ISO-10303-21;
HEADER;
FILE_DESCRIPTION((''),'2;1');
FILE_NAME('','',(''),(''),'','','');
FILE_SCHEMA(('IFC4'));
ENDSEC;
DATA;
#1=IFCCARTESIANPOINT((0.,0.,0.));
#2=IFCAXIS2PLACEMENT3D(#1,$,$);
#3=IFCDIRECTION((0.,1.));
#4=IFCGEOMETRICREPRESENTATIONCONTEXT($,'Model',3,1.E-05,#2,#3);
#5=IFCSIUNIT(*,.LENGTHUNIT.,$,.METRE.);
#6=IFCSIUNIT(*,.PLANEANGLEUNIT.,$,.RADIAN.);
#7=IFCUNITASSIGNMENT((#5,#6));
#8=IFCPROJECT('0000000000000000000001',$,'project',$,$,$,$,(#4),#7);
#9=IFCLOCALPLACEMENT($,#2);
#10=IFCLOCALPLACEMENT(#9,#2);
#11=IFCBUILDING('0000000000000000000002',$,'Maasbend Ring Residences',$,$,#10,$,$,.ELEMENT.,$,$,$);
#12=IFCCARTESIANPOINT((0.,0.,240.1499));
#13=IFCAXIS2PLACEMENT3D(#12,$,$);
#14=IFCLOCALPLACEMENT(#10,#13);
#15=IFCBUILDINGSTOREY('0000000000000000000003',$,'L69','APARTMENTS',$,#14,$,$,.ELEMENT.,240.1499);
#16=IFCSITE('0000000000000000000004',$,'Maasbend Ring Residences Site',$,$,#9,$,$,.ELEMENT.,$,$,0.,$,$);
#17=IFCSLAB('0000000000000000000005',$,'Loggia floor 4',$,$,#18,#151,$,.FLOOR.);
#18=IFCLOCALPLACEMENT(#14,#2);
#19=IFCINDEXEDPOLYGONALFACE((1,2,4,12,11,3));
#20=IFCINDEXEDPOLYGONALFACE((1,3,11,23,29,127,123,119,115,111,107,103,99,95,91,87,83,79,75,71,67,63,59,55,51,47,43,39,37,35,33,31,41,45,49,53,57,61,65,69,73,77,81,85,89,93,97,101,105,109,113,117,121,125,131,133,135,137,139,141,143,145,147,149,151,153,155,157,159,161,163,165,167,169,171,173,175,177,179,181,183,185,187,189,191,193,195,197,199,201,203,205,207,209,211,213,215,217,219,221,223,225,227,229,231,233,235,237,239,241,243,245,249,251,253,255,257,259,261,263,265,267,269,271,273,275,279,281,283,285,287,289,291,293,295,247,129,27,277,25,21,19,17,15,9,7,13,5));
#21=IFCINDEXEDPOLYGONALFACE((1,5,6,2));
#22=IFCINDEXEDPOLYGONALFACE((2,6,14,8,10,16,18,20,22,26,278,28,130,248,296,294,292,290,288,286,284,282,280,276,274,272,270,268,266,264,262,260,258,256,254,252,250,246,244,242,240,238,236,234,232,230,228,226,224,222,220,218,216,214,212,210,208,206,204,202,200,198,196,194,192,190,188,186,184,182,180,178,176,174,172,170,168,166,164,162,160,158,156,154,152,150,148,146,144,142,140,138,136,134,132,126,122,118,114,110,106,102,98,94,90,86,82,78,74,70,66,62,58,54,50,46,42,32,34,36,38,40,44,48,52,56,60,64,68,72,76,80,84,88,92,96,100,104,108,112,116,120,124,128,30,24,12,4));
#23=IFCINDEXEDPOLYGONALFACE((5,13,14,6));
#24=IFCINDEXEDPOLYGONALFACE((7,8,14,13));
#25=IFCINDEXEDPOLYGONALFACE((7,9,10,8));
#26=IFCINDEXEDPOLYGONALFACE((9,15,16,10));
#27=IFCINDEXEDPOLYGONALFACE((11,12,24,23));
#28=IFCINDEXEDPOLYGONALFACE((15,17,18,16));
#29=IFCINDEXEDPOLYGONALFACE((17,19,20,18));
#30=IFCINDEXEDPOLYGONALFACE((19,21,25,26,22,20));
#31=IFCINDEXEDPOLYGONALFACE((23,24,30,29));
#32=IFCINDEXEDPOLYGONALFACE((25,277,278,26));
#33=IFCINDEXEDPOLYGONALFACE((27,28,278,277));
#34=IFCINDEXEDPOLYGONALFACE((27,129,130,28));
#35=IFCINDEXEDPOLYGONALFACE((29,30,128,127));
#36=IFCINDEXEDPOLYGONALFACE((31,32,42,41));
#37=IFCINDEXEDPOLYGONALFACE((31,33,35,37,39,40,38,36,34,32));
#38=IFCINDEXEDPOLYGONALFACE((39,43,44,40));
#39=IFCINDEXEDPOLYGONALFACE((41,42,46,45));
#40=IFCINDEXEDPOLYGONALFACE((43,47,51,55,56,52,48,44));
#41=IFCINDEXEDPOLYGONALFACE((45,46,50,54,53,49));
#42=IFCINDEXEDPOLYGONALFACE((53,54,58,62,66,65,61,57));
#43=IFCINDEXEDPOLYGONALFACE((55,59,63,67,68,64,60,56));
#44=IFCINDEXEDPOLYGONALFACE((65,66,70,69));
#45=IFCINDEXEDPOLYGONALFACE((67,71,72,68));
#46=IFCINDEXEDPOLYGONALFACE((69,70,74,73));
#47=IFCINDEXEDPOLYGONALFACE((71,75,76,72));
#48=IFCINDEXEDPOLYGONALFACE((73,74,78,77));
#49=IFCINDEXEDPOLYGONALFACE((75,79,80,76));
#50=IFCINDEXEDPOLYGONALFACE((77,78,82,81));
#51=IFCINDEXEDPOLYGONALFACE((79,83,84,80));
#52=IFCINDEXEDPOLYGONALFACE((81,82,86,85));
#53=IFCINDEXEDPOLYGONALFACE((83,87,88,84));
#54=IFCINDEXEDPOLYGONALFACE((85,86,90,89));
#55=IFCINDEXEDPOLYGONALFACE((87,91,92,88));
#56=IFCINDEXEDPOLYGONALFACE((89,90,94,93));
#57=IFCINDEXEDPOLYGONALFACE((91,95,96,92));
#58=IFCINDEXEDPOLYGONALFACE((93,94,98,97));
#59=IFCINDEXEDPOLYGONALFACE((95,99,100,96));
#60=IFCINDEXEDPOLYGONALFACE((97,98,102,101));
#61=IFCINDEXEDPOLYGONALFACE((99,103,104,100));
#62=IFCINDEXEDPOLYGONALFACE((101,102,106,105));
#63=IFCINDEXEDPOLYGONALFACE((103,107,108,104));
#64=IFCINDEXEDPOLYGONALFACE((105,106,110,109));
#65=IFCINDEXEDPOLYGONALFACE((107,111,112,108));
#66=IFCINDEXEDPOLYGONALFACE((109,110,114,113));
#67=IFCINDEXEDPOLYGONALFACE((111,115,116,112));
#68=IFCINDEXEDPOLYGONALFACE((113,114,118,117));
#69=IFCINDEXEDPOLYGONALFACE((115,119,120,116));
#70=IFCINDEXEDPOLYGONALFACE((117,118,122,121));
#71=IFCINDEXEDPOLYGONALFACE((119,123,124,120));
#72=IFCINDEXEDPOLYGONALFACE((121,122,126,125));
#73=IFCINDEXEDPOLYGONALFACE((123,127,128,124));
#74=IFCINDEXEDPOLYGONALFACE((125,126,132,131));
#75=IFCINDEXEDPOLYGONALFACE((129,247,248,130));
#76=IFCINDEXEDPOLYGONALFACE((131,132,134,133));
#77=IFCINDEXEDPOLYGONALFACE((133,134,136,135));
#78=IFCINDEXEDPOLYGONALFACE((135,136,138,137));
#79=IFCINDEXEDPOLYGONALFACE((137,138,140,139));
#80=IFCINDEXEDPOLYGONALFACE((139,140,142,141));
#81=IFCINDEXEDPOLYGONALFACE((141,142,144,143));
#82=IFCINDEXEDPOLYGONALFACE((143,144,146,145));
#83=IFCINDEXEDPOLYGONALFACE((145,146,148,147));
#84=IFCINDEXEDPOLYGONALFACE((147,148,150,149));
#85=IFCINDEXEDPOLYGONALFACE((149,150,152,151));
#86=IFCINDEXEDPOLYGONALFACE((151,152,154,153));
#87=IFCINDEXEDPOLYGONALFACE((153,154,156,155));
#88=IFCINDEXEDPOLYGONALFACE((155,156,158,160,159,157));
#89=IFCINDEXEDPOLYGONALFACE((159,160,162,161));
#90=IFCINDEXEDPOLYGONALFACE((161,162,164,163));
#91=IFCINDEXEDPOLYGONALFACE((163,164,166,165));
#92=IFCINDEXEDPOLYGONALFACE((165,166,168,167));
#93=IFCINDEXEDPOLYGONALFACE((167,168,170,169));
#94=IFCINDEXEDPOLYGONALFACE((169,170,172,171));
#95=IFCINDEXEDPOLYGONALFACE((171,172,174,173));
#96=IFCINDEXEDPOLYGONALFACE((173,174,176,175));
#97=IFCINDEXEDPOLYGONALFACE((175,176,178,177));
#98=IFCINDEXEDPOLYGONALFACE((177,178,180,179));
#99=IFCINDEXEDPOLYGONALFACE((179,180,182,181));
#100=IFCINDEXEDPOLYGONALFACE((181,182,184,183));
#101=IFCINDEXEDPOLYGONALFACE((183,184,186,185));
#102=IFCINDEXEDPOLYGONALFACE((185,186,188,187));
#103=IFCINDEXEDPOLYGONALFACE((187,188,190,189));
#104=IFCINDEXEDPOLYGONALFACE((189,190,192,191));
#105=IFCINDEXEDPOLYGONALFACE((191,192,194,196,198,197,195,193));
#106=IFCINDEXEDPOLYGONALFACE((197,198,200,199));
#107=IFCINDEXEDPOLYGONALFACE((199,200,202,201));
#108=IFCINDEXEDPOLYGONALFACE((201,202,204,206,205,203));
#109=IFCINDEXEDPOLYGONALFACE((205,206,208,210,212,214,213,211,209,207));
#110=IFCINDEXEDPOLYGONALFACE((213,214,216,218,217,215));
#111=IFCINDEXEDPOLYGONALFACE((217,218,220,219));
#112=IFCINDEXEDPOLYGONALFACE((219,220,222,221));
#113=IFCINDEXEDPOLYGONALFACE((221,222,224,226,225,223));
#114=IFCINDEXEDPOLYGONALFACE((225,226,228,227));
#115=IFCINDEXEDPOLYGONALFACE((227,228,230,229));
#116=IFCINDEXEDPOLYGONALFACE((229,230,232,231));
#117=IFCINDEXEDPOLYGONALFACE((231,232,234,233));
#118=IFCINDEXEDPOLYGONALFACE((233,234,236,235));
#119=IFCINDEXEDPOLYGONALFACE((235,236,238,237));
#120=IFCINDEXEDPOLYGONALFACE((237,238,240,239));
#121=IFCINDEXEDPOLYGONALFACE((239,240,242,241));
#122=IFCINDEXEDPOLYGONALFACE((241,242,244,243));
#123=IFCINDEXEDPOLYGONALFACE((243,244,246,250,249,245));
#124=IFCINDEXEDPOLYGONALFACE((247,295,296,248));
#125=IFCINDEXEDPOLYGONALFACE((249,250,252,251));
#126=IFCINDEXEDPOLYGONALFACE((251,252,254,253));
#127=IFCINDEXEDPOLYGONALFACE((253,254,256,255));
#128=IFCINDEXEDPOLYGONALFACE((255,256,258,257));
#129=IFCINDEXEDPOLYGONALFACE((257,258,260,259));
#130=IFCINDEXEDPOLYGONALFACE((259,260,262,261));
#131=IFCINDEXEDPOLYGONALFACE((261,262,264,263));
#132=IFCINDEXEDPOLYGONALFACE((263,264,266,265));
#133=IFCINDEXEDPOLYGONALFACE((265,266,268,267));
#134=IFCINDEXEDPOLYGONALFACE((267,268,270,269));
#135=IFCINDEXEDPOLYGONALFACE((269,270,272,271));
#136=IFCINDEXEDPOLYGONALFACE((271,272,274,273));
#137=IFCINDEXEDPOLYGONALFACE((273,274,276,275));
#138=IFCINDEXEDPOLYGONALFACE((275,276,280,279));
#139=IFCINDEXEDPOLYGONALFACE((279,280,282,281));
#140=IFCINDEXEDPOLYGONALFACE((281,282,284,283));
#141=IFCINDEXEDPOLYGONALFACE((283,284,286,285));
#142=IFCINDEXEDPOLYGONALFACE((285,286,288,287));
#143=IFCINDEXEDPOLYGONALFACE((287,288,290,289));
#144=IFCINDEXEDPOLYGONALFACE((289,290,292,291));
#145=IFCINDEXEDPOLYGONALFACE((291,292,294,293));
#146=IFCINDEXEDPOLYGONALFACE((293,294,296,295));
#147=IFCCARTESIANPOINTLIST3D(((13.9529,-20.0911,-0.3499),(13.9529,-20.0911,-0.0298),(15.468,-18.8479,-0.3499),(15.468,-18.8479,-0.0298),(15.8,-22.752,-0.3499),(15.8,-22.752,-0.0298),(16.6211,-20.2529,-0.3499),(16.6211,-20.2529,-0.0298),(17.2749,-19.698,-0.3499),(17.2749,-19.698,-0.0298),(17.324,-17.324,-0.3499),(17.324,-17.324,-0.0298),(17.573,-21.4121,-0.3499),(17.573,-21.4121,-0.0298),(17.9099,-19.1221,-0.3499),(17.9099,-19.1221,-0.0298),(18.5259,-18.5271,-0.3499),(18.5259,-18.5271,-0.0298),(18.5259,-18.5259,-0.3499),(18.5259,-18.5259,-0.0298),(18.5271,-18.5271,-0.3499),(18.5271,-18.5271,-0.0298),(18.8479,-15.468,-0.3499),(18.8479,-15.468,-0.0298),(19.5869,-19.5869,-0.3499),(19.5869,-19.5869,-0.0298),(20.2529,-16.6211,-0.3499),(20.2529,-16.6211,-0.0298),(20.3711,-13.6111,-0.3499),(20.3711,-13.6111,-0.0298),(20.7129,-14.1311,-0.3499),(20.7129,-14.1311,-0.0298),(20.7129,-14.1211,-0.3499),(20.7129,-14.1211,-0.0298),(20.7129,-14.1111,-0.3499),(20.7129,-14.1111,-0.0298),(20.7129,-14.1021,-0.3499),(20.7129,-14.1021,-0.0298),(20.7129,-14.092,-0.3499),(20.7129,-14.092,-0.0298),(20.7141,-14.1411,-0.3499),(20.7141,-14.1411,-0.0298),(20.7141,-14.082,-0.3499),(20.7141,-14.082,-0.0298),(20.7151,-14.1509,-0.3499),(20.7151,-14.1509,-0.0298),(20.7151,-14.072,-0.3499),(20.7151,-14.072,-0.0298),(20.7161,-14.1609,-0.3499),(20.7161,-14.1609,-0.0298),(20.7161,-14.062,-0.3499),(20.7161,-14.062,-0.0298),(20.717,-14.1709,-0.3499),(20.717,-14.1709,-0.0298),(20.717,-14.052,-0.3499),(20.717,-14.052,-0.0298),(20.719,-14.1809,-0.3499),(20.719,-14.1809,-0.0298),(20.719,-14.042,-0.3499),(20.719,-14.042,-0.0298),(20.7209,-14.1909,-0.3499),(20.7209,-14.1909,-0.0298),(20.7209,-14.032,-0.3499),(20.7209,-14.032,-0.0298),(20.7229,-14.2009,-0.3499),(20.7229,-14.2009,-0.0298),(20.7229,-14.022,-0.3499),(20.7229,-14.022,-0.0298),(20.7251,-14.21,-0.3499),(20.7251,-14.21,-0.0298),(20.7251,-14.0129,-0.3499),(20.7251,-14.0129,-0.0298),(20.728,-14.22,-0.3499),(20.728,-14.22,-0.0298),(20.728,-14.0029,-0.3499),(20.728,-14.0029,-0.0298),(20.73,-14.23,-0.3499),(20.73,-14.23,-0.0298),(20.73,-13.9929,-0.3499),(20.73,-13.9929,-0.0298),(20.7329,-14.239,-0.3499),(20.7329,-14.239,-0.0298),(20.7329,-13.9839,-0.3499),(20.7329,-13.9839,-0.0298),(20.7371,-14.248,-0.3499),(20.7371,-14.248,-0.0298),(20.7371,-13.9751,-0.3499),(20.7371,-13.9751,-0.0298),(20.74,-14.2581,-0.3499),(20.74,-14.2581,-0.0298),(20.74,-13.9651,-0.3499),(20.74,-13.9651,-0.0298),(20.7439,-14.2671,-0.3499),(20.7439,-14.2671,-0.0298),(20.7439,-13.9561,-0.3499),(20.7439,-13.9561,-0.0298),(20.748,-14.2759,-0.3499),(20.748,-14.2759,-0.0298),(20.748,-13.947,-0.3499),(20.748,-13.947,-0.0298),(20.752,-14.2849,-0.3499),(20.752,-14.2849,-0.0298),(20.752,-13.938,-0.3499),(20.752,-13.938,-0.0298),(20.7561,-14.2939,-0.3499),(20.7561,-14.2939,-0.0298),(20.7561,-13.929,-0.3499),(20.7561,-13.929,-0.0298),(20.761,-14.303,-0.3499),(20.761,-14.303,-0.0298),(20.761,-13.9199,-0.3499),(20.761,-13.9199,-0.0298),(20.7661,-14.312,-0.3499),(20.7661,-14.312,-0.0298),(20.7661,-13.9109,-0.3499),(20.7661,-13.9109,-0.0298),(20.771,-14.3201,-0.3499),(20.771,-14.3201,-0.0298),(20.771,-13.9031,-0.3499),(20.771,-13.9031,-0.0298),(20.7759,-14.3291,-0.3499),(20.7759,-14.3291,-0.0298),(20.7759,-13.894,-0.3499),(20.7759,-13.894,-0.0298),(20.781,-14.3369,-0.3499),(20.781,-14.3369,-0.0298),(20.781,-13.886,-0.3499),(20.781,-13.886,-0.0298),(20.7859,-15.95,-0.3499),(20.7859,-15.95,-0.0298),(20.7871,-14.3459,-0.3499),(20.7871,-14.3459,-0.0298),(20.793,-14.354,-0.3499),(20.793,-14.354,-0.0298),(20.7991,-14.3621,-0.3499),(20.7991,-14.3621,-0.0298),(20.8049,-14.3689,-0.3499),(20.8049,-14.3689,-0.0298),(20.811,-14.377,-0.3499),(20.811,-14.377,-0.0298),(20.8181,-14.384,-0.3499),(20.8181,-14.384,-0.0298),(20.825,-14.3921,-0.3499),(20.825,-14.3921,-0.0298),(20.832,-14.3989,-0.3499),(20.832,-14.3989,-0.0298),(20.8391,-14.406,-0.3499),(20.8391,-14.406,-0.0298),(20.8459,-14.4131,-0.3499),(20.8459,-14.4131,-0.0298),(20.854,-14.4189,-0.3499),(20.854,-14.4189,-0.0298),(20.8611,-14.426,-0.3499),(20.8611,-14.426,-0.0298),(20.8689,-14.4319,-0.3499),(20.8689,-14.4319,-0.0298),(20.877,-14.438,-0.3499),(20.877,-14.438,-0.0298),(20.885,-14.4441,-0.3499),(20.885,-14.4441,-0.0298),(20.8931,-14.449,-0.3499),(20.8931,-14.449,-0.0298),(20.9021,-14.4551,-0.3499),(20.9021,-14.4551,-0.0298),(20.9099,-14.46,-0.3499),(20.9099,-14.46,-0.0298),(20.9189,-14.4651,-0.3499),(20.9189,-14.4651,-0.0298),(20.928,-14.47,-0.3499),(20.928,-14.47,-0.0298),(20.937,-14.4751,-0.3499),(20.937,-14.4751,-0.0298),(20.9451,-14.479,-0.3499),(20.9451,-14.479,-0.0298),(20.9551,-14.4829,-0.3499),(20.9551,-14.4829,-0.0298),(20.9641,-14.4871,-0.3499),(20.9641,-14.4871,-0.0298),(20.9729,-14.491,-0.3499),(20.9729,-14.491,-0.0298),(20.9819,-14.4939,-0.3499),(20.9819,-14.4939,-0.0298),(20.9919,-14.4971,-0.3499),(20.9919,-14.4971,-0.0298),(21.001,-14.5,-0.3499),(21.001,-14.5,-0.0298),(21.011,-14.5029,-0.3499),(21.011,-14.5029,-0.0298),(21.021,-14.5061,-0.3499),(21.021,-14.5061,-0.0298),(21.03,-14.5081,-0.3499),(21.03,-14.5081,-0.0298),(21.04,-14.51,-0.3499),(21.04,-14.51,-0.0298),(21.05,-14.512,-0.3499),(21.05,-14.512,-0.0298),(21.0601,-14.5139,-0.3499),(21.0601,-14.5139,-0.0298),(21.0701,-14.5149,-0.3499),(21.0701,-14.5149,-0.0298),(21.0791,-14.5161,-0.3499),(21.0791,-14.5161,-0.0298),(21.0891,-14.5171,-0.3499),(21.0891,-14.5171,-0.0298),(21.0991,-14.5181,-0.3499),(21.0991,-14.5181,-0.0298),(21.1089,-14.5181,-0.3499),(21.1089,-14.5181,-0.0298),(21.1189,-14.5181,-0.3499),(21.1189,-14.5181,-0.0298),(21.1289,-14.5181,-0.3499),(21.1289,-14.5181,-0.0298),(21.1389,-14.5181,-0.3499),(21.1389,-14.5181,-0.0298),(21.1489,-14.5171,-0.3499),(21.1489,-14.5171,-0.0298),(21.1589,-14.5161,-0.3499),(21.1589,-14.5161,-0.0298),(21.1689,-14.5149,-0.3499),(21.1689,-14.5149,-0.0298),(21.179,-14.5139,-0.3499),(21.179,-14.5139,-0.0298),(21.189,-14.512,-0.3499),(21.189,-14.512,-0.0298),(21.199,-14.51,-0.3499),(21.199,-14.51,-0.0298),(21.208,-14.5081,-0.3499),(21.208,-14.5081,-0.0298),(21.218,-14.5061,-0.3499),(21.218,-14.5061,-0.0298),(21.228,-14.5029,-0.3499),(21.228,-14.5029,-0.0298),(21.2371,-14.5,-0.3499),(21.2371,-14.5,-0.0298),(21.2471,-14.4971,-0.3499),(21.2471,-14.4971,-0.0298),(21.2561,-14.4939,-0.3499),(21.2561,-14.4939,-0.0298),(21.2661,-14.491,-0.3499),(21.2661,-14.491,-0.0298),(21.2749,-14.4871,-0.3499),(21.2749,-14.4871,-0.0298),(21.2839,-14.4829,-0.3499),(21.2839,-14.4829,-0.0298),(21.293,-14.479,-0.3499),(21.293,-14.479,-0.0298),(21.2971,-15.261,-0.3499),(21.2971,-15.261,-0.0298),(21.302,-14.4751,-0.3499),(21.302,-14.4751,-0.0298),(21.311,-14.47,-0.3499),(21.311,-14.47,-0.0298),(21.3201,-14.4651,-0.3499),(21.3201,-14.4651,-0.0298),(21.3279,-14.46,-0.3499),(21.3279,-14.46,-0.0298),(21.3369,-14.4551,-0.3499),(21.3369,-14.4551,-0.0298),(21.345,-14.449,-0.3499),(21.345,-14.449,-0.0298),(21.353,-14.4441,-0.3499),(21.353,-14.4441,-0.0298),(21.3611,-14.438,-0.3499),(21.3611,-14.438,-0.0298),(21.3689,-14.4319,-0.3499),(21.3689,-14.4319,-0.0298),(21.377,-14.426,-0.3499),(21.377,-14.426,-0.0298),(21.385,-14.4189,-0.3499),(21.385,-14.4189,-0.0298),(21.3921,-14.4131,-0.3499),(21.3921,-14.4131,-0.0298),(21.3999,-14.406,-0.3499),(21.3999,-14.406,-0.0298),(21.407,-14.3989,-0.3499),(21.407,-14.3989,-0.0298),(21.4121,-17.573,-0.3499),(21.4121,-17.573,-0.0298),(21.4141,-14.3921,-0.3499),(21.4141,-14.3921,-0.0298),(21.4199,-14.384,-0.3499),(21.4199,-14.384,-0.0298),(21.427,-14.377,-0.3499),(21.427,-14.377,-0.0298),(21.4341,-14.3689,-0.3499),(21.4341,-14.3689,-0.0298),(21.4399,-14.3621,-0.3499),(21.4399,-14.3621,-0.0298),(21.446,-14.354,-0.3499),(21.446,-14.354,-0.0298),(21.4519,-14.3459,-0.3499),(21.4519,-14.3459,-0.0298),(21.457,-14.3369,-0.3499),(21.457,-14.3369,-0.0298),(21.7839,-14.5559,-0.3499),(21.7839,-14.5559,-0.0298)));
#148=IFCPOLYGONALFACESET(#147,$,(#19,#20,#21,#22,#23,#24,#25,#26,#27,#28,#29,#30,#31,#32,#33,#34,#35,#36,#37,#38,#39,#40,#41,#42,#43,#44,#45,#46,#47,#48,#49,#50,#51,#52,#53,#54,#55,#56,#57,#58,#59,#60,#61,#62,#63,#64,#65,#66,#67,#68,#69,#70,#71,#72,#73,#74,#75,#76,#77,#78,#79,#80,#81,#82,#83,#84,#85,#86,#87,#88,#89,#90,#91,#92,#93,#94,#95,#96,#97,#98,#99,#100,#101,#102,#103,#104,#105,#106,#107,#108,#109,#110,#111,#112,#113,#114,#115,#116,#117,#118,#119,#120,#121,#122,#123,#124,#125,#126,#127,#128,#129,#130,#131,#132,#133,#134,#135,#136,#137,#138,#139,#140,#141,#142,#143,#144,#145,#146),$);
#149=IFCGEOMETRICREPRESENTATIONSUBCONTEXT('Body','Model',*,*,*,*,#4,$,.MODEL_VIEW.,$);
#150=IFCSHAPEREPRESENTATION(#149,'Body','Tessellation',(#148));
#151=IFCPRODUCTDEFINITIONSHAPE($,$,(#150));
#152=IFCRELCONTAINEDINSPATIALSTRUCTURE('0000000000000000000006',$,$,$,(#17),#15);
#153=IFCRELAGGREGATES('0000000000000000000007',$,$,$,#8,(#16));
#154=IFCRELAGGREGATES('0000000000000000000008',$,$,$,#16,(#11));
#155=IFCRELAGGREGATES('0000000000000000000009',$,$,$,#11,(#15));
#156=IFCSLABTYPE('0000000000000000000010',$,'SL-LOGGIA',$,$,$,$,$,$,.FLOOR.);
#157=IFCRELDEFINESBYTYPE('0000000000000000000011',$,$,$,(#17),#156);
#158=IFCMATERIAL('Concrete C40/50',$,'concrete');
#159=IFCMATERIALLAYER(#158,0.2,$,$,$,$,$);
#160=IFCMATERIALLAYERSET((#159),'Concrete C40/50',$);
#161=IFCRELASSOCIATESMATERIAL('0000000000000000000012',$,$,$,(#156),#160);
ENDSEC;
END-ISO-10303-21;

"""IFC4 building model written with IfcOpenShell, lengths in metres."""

from ifc_helpers import new_model, si_unit, direction, frame, origin, place, context, subcontext, project, spatial, polyline, outline, extrude, material, layer, layer_set, type_object, element, save


model = new_model("IFC4")

# Units and contexts
model_context = context("Model", 3, precision=1e-05, world=origin(), true_north=direction((0.0, 1.0)))
body_context = subcontext(model_context, "Body", "Model", "MODEL_VIEW")
ifc_project = project(units=[si_unit("LENGTHUNIT", "METRE"), si_unit("PLANEANGLEUNIT", "RADIAN")], contexts=[model_context])

# Site, building, storey
site_placement = place(None, origin())
site = spatial("IfcSite", under=ifc_project, at=site_placement, Name="Maasbend Ring Residences Site", CompositionType="ELEMENT", RefElevation=0.0)
building_placement = place(site_placement, origin())
building = spatial("IfcBuilding", under=site, at=building_placement, Name="Maasbend Ring Residences", CompositionType="ELEMENT")
storey_placement = place(building_placement, frame((0.0, 0.0, 240.1499)))
storey = spatial("IfcBuildingStorey", under=building, at=storey_placement, Name="L69", Description="APARTMENTS", CompositionType="ELEMENT", Elevation=240.1499)

# Slab
ifc_material_1 = material(Name="Concrete C40/50", Category="concrete")
ifc_layer_1 = layer(ifc_material_1, 0.2)
ifc_layer_set_1 = layer_set([ifc_layer_1], Name="Concrete C40/50")
slab_type = type_object("IfcSlabType", Name="SL-LOGGIA", PredefinedType="FLOOR", material=ifc_layer_set_1)
slab_1_placement = place(storey_placement, frame((0.0, 0.0, -0.3499)))
element("IfcSlab", 1, at=slab_1_placement, inside=storey, type_object=slab_type, Name="Loggia floor 4", PredefinedType="FLOOR", context=body_context, shape_type="SweptSolid", body=[
    extrude(outline(polyline([(17.324, -17.324), (18.8479, -15.468), (20.3711, -13.6111), (20.781, -13.886), (20.7759, -13.894), (20.771, -13.9031), (20.7661, -13.9109), (20.761, -13.9199), (20.7561, -13.929), (20.752, -13.938), (20.748, -13.947), (20.7439, -13.9561), (20.74, -13.9651), (20.7371, -13.9751), (20.7329, -13.9839), (20.73, -13.9929), (20.728, -14.0029), (20.7251, -14.0129), (20.7229, -14.022), (20.7209, -14.032), (20.719, -14.042), (20.717, -14.052), (20.7161, -14.062), (20.7151, -14.072), (20.7141, -14.082), (20.7129, -14.092), (20.7129, -14.1021), (20.7129, -14.1111), (20.7129, -14.1211), (20.7129, -14.1311), (20.7141, -14.1411), (20.7151, -14.1509), (20.7161, -14.1609), (20.717, -14.1709), (20.719, -14.1809), (20.7209, -14.1909), (20.7229, -14.2009), (20.7251, -14.21), (20.728, -14.22), (20.73, -14.23), (20.7329, -14.239), (20.7371, -14.248), (20.74, -14.2581), (20.7439, -14.2671), (20.748, -14.2759), (20.752, -14.2849), (20.7561, -14.2939), (20.761, -14.303), (20.7661, -14.312), (20.771, -14.3201), (20.7759, -14.3291), (20.781, -14.3369), (20.7871, -14.3459), (20.793, -14.354), (20.7991, -14.3621), (20.8049, -14.3689), (20.811, -14.377), (20.8181, -14.384), (20.825, -14.3921), (20.832, -14.3989), (20.8391, -14.406), (20.8459, -14.4131), (20.854, -14.4189), (20.8611, -14.426), (20.8689, -14.4319), (20.877, -14.438), (20.885, -14.4441), (20.8931, -14.449), (20.9021, -14.4551), (20.9099, -14.46), (20.9189, -14.4651), (20.928, -14.47), (20.937, -14.4751), (20.9451, -14.479), (20.9551, -14.4829), (20.9641, -14.4871), (20.9729, -14.491), (20.9819, -14.4939), (20.9919, -14.4971), (21.001, -14.5), (21.011, -14.5029), (21.021, -14.5061), (21.03, -14.5081), (21.04, -14.51), (21.05, -14.512), (21.0601, -14.5139), (21.0701, -14.5149), (21.0791, -14.5161), (21.0891, -14.5171), (21.0991, -14.5181), (21.1089, -14.5181), (21.1189, -14.5181), (21.1289, -14.5181), (21.1389, -14.5181), (21.1489, -14.5171), (21.1589, -14.5161), (21.1689, -14.5149), (21.179, -14.5139), (21.189, -14.512), (21.199, -14.51), (21.208, -14.5081), (21.218, -14.5061), (21.228, -14.5029), (21.2371, -14.5), (21.2471, -14.4971), (21.2561, -14.4939), (21.2661, -14.491), (21.2749, -14.4871), (21.2839, -14.4829), (21.293, -14.479), (21.302, -14.4751), (21.311, -14.47), (21.3201, -14.4651), (21.3279, -14.46), (21.3369, -14.4551), (21.345, -14.449), (21.353, -14.4441), (21.3611, -14.438), (21.3689, -14.4319), (21.377, -14.426), (21.385, -14.4189), (21.3921, -14.4131), (21.3999, -14.406), (21.407, -14.3989), (21.4141, -14.3921), (21.4199, -14.384), (21.427, -14.377), (21.4341, -14.3689), (21.4399, -14.3621), (21.446, -14.354), (21.4519, -14.3459), (21.457, -14.3369), (21.7839, -14.5559), (21.2971, -15.261), (20.7859, -15.95), (20.2529, -16.6211), (20.2529, -16.6211), (20.2529, -16.6211), (20.2529, -16.6211), (20.2529, -16.6211), (20.2529, -16.6211), (20.2529, -16.6211), (20.2529, -16.6211), (20.2529, -16.6211), (20.2529, -16.6211), (20.2529, -16.6211), (20.2529, -16.6211), (20.2529, -16.6211), (20.2529, -16.6211), (20.2529, -16.6211), (20.2529, -16.6211), (20.2529, -16.6211), (21.4121, -17.573), (19.5869, -19.5869), (18.5271, -18.5271), (18.5271, -18.5271), (18.5259, -18.5259), (18.5259, -18.5259), (18.5259, -18.5259), (18.5259, -18.5259), (18.5259, -18.5259), (18.5259, -18.5259), (18.5259, -18.5259), (18.5259, -18.5259), (18.5259, -18.5259), (18.5259, -18.5259), (18.5259, -18.5259), (18.5259, -18.5259), (18.5259, -18.5259), (18.5259, -18.5271), (18.5259, -18.5271), (17.9099, -19.1221), (17.2749, -19.698), (16.6211, -20.2529), (16.6211, -20.2529), (16.6211, -20.2529), (16.6211, -20.2529), (16.6211, -20.2529), (16.6211, -20.2529), (16.6211, -20.2529), (16.6211, -20.2529), (16.6211, -20.2529), (16.6211, -20.2529), (16.6211, -20.2529), (16.6211, -20.2529), (16.6211, -20.2529), (16.6211, -20.2529), (16.6211, -20.2529), (16.6211, -20.2529), (16.6211, -20.2529), (17.573, -21.4121), (15.8, -22.752), (13.9529, -20.0911), (15.468, -18.8479), (17.324, -17.324), (17.324, -17.324), (17.324, -17.324)])), origin(), (0.0, 0.0, 1.0), 0.3201),
])

save(model, "model.ifc")
